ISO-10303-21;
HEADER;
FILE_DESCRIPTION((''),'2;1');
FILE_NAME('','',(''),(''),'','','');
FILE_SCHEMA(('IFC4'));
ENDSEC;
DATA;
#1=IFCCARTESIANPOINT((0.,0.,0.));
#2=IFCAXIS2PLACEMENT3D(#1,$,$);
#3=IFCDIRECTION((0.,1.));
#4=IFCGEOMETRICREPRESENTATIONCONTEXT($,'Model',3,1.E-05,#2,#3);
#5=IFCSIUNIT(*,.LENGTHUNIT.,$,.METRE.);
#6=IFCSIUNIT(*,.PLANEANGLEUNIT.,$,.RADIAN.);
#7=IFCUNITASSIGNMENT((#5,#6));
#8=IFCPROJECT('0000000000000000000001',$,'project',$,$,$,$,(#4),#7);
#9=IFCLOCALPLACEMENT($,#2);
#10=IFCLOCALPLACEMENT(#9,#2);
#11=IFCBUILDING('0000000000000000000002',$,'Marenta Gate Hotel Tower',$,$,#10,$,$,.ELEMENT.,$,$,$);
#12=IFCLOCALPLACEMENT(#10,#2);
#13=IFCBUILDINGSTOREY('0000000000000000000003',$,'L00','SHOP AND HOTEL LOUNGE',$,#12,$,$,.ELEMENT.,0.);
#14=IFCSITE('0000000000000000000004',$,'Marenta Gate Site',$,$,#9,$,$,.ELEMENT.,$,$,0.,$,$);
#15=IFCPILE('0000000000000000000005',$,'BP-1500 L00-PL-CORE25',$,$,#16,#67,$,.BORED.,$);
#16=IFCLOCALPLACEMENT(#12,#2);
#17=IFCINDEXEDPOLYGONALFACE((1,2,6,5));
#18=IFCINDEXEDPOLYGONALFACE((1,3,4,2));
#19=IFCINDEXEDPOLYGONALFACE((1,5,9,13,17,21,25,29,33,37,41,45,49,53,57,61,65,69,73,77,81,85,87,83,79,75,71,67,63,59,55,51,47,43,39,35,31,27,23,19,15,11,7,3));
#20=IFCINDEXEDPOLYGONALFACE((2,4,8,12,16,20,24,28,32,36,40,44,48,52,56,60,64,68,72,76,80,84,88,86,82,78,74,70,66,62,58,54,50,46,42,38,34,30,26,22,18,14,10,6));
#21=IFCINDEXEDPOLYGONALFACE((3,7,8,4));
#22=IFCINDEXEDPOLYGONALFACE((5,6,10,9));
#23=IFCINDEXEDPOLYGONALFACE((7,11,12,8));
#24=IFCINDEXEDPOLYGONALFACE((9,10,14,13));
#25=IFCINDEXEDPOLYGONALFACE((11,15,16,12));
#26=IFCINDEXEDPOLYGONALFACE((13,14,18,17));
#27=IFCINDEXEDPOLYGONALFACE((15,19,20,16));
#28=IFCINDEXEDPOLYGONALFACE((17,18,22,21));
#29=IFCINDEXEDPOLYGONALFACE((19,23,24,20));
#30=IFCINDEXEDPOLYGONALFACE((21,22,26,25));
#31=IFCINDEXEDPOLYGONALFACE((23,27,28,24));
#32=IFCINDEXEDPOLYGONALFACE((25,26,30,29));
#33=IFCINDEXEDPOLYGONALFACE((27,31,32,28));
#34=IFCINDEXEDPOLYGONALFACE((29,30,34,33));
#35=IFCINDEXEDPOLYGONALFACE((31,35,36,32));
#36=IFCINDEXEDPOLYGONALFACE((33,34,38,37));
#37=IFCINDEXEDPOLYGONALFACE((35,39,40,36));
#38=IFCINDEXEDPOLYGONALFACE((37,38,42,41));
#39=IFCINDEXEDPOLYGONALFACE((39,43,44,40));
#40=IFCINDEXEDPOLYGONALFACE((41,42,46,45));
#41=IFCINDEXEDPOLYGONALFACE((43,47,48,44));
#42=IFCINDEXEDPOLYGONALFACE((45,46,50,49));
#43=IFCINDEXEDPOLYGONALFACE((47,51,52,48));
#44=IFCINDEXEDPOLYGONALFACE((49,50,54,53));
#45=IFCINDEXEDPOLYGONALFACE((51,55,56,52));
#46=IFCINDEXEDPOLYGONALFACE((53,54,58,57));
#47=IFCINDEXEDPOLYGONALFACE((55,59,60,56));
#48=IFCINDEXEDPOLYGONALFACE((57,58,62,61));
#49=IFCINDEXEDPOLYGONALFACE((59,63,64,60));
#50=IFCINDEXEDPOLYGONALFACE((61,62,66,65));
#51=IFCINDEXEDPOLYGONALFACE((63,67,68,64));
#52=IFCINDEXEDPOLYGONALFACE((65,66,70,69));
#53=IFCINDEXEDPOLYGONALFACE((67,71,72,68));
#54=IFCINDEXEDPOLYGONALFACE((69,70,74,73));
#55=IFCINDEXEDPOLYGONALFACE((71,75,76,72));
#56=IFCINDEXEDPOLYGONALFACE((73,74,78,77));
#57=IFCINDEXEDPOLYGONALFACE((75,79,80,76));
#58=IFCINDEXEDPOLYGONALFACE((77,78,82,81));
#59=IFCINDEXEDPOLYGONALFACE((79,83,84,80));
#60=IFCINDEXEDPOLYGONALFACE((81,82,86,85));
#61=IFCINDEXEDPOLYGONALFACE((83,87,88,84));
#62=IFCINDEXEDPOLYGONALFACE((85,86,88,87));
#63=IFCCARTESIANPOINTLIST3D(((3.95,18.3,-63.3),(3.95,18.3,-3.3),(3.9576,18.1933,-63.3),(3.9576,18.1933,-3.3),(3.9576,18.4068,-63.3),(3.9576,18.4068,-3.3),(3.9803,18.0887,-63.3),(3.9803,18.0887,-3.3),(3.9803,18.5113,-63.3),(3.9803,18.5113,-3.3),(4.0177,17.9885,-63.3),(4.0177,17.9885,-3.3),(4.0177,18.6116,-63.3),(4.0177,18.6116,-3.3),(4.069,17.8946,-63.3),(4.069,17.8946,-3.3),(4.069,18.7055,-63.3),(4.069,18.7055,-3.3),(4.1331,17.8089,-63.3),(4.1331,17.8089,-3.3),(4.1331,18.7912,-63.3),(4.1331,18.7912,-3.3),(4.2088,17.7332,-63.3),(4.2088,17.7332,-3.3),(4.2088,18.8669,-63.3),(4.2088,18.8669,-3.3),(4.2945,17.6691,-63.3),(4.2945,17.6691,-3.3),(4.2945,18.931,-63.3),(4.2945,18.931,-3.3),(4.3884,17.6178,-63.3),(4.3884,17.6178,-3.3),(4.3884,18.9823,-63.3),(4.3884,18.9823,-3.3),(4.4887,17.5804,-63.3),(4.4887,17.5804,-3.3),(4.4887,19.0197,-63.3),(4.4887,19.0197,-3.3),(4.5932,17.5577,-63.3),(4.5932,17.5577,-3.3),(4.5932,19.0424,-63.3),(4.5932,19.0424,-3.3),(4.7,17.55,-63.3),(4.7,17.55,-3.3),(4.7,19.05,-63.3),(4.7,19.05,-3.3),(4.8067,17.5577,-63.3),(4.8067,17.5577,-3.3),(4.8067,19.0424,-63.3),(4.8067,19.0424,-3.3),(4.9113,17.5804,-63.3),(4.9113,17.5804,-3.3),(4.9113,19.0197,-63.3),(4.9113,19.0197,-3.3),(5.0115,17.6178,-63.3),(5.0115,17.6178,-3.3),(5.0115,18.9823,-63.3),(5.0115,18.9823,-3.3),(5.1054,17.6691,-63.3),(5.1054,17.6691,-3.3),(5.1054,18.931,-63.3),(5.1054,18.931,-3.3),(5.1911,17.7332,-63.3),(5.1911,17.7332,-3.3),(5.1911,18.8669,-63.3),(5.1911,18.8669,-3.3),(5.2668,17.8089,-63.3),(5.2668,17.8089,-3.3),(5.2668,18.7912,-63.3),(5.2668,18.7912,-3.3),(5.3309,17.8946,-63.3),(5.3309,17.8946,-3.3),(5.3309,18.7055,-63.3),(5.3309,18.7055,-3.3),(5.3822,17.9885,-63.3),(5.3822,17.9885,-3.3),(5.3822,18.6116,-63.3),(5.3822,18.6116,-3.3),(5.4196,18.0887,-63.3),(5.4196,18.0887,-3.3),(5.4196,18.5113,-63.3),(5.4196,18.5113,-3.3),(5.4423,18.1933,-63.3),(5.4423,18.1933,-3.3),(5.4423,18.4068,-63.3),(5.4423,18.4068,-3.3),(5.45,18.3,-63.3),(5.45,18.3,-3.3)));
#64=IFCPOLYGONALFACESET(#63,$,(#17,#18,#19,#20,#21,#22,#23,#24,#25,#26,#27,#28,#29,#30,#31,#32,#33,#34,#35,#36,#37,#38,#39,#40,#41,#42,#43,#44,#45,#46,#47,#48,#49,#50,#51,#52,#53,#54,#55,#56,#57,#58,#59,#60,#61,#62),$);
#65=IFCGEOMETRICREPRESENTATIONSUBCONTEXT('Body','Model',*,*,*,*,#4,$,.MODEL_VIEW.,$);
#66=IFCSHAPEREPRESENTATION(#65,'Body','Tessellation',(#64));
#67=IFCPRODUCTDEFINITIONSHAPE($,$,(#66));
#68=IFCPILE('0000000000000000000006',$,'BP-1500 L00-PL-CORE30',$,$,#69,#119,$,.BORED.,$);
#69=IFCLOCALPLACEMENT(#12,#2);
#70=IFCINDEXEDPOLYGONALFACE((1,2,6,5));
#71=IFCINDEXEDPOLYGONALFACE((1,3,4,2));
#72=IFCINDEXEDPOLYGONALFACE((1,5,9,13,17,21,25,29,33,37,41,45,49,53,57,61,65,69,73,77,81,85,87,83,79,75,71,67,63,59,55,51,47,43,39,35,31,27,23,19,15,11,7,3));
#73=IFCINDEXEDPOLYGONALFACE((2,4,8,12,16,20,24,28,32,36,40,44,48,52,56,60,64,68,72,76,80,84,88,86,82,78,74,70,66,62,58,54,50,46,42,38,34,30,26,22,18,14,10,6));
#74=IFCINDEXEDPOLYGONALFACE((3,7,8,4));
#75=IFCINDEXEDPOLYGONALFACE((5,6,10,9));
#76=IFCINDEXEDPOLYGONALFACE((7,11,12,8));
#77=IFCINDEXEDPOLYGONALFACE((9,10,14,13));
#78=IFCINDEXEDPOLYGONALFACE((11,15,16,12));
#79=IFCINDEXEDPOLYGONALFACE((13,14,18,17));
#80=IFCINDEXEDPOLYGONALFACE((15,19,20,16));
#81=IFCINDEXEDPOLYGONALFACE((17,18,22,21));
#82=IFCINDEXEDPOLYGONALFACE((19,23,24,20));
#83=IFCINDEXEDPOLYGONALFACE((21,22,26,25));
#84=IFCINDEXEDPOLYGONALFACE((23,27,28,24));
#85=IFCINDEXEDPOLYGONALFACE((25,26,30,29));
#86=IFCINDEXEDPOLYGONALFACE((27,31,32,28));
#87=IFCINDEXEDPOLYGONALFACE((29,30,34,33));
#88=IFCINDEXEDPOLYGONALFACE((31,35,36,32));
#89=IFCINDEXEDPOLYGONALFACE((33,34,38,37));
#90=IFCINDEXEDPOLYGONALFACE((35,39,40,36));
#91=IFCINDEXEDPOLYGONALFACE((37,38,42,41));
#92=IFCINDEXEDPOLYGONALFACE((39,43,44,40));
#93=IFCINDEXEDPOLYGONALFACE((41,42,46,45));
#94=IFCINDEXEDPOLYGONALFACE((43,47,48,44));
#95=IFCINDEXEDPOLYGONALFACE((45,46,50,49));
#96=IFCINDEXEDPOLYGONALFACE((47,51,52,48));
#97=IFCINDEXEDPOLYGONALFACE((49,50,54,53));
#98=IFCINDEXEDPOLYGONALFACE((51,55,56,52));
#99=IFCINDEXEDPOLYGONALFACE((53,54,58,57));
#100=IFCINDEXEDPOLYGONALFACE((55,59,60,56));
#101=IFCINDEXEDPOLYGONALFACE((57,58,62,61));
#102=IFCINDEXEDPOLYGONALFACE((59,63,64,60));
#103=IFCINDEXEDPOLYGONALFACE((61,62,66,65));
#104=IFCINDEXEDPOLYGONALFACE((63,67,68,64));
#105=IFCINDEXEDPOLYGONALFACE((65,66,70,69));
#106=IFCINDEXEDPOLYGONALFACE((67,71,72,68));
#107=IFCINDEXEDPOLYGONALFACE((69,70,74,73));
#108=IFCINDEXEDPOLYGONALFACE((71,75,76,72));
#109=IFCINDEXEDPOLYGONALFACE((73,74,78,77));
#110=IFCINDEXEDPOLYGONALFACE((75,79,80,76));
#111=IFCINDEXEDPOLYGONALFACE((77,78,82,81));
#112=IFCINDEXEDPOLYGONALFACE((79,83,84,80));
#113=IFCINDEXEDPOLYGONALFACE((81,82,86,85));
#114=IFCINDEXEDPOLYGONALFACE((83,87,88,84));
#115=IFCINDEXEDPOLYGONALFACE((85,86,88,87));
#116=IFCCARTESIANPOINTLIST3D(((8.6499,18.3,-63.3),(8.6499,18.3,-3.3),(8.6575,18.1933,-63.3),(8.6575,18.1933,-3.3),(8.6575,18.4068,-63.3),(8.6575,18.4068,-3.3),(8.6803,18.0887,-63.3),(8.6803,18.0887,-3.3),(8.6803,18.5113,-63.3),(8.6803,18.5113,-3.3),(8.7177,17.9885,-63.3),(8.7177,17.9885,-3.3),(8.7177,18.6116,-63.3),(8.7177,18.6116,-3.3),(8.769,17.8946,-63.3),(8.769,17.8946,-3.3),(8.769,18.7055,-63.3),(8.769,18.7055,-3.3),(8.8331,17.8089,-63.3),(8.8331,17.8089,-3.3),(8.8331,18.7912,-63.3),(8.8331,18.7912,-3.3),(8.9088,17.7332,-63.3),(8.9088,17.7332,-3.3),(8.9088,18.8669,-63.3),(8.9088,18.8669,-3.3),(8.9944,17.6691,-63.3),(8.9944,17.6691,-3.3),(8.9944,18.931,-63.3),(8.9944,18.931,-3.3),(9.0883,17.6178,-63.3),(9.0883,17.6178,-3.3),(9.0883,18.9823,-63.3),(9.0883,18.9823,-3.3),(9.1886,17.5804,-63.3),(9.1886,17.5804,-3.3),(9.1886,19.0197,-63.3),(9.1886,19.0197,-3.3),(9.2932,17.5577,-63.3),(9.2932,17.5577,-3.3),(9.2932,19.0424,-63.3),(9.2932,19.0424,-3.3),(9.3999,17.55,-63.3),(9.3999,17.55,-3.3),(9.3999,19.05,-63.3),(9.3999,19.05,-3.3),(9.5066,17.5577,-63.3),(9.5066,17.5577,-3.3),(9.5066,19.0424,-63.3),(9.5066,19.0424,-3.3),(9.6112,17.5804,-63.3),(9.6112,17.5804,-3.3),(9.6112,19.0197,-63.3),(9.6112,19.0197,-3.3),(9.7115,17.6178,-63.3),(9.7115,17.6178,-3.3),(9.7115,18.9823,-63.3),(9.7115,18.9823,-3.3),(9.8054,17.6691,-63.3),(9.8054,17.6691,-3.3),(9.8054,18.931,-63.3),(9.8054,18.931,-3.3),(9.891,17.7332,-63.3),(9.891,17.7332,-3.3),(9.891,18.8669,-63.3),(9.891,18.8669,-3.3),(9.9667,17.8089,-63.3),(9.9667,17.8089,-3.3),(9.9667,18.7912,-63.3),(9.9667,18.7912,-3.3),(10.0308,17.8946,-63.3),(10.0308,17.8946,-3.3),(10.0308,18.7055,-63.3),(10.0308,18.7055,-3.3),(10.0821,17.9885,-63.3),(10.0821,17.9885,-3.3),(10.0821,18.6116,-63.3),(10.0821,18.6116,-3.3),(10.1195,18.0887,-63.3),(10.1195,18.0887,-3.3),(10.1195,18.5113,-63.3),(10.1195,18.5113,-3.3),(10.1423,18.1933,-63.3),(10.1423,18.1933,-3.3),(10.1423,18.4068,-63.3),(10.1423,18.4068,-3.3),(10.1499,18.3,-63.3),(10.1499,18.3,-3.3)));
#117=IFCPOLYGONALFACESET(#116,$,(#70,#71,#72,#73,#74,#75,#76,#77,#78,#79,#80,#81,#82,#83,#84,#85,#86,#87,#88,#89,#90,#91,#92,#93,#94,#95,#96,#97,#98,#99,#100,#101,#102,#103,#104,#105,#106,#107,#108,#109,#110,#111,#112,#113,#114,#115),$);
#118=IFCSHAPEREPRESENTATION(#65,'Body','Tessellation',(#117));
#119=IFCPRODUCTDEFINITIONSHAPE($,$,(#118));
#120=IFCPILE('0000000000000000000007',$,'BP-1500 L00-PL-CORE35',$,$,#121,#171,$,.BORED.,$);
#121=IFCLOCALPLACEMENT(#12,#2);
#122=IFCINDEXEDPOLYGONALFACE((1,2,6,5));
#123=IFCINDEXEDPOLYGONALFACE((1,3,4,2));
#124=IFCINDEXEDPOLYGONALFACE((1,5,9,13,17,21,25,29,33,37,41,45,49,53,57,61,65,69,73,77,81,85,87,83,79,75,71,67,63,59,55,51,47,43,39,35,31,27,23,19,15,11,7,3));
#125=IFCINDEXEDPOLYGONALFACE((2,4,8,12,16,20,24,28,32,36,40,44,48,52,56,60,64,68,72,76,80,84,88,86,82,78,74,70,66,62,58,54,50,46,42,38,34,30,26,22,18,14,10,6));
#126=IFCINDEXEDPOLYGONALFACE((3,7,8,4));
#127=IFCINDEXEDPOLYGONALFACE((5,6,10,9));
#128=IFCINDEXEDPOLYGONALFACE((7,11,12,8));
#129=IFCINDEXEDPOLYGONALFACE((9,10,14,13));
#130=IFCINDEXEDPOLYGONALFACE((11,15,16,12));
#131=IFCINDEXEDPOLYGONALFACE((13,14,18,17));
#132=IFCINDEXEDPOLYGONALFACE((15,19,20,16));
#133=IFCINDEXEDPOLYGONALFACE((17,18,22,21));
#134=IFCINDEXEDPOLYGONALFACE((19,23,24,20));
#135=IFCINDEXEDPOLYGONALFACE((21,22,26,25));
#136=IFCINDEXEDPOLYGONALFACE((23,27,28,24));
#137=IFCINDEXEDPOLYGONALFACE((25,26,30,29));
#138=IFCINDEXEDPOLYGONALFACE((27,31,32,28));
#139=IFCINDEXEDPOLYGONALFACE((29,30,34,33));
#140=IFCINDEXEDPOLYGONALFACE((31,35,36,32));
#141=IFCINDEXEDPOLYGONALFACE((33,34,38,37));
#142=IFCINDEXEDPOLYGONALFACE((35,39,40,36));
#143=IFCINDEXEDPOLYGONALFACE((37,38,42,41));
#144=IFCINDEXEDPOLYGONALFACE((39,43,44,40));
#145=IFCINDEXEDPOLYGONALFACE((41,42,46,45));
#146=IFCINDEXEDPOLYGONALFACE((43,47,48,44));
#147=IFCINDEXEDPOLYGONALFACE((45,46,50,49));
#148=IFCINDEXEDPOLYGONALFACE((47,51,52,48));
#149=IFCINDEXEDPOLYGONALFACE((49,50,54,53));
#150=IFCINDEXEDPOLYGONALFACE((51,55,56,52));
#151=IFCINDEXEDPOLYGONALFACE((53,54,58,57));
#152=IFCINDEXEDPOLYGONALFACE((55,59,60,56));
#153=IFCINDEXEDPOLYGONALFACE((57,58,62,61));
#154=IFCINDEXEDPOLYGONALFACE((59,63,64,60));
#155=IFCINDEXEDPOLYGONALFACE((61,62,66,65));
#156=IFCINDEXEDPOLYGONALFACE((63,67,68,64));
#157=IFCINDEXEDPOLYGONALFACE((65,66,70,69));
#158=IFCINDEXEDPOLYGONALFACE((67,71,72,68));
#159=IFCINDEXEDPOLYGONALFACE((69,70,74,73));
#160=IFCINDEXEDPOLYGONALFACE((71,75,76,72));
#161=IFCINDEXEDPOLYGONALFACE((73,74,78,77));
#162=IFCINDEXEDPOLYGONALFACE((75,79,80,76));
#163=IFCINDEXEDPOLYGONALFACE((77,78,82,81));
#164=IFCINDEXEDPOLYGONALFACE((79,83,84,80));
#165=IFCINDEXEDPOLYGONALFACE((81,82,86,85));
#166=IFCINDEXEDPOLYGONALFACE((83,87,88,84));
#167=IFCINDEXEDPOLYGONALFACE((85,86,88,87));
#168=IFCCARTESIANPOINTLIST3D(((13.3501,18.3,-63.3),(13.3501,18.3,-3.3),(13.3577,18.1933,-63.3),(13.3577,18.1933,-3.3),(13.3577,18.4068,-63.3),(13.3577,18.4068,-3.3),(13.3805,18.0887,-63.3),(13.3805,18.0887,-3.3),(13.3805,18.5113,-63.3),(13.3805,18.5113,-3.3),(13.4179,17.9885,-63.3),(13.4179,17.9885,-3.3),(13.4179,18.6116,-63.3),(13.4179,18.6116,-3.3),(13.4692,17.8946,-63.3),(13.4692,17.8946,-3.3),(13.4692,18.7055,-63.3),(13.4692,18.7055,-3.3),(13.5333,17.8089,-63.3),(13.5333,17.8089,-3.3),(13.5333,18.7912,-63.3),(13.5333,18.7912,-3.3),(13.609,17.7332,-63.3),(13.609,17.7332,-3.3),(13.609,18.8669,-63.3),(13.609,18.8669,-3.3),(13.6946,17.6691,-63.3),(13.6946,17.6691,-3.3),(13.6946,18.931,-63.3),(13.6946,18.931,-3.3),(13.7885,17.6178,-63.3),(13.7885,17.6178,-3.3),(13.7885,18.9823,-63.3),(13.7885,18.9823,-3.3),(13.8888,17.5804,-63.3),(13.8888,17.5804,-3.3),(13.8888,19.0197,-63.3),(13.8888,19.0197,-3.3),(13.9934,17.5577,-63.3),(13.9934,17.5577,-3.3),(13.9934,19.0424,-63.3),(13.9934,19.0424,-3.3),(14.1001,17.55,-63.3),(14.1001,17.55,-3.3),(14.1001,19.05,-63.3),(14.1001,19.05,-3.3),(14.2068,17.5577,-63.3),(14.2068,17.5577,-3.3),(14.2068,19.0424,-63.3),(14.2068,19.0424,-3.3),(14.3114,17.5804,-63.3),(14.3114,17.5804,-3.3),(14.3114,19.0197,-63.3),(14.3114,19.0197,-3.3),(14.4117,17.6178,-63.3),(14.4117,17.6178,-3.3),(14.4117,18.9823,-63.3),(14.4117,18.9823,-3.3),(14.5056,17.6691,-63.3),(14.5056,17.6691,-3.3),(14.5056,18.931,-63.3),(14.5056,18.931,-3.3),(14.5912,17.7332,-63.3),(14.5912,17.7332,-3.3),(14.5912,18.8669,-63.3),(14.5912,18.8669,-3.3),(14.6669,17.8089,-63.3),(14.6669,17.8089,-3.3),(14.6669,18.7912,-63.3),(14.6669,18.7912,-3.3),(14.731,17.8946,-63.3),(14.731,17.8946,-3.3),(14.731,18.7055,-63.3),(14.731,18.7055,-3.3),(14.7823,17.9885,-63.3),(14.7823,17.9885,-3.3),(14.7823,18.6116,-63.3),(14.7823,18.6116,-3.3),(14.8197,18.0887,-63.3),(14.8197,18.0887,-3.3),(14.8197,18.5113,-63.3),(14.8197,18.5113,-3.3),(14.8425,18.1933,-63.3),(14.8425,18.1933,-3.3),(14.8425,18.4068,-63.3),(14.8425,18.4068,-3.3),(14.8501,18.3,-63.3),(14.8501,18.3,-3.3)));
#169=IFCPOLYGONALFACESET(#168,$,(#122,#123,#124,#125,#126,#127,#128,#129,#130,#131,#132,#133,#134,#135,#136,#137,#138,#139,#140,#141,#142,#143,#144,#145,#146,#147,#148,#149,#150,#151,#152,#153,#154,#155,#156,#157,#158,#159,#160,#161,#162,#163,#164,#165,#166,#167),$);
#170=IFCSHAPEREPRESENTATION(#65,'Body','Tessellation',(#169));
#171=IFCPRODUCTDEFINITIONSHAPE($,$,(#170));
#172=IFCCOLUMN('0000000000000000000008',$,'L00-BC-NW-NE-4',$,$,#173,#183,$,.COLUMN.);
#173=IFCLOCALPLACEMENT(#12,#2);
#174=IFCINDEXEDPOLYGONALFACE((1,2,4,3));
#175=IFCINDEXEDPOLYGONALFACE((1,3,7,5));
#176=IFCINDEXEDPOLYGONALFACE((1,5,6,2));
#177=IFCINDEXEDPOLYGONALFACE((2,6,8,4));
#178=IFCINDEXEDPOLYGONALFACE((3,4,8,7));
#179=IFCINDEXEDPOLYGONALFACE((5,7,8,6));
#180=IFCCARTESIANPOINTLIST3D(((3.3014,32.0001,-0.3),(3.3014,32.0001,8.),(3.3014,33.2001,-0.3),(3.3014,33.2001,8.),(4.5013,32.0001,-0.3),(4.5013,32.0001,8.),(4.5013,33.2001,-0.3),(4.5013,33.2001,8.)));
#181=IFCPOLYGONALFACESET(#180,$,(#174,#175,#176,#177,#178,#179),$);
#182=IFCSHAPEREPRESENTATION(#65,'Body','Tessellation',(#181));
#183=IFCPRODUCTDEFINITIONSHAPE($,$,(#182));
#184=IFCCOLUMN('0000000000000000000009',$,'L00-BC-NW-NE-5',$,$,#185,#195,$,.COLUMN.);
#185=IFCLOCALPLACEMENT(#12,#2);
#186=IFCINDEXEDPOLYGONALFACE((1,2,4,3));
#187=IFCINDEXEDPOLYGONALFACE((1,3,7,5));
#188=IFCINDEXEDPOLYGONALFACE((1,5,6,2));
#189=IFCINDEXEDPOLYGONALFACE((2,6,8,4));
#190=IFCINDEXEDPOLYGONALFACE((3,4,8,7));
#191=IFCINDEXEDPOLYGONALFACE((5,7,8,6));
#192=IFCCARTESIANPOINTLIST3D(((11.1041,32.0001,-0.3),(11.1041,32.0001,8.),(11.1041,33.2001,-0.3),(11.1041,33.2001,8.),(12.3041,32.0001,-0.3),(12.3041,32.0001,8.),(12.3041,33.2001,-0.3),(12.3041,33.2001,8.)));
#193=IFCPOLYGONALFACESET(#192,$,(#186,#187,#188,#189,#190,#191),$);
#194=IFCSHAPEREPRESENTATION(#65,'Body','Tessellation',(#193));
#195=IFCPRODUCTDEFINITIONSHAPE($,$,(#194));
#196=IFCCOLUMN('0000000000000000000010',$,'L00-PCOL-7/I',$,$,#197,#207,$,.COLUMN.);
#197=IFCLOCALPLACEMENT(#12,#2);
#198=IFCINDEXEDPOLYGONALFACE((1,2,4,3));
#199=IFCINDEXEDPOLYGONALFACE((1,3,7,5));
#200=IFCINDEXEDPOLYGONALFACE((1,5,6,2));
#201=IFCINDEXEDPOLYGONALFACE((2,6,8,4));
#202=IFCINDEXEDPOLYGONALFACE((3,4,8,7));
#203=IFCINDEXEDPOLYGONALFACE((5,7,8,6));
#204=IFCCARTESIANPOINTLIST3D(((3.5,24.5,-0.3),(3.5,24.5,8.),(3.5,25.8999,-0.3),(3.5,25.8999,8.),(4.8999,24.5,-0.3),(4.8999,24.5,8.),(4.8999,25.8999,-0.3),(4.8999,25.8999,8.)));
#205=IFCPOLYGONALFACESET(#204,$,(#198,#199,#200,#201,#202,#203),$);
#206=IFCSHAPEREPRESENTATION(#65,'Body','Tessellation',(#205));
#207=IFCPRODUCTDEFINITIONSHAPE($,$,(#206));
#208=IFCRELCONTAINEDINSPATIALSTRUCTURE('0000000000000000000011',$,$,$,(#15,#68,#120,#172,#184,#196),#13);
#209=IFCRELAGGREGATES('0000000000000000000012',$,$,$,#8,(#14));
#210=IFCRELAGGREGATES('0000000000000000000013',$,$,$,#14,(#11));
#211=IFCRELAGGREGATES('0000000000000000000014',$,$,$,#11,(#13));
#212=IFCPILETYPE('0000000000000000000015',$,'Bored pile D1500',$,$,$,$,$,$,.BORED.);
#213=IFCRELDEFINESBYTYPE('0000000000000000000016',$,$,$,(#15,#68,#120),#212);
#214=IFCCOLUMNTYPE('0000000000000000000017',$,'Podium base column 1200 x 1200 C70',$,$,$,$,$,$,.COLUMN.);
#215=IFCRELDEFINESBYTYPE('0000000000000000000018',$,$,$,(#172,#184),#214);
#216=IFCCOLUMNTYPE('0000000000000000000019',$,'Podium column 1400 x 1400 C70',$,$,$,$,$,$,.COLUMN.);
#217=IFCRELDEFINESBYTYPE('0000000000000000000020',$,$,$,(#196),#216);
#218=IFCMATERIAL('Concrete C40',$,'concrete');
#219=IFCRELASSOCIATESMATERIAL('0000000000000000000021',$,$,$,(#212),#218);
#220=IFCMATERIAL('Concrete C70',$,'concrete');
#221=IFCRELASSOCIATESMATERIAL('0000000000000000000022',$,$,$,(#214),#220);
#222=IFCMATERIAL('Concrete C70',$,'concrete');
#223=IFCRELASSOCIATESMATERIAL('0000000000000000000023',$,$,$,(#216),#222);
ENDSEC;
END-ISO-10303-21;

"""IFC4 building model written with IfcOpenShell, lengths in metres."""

from ifc_helpers import new_model, si_unit, direction, frame, origin, origin_2d, place, context, subcontext, project, spatial, rectangle, circle, extrude, material, material_profile, profile_set, type_object, element, save


model = new_model("IFC4")

# Units and contexts
model_context = context("Model", 3, precision=1e-05, world=origin(), true_north=direction((0.0, 1.0)))
body_context = subcontext(model_context, "Body", "Model", "MODEL_VIEW")
ifc_project = project(units=[si_unit("LENGTHUNIT", "METRE"), si_unit("PLANEANGLEUNIT", "RADIAN")], contexts=[model_context])

# Site, building, storey
site_placement = place(None, origin())
site = spatial("IfcSite", under=ifc_project, at=site_placement, Name="Marenta Gate Site", CompositionType="ELEMENT", RefElevation=0.0)
building_placement = place(site_placement, origin())
building = spatial("IfcBuilding", under=site, at=building_placement, Name="Marenta Gate Hotel Tower", CompositionType="ELEMENT")
storey_placement = place(building_placement, origin())
storey = spatial("IfcBuildingStorey", under=building, at=storey_placement, Name="L00", Description="SHOP AND HOTEL LOUNGE", CompositionType="ELEMENT", Elevation=0.0)

# Piles
ifc_material_1 = material(Name="Concrete C40", Category="concrete")
pile_type = type_object("IfcPileType", Name="Bored pile D1500", PredefinedType="BORED", material=ifc_material_1)
for number, where, z_axis, x_axis, name in (
    (1, (4.7, 18.3, -3.3), (0.0, 0.0, -1.0), (1.0, 0.0, 0.0), "BP-1500 L00-PL-CORE25"),
    (2, (9.3999, 18.3, -3.3), (0.0, 0.0, -1.0), (1.0, 0.0, 0.0), "BP-1500 L00-PL-CORE30"),
    (3, (14.1001, 18.3, -3.3), (0.0, 0.0, -1.0), (1.0, 0.0, 0.0), "BP-1500 L00-PL-CORE35"),
):
    element("IfcPile", number, at=place(storey_placement, frame(where, z_axis=z_axis, x_axis=x_axis)), inside=storey, type_object=pile_type, Name=name, PredefinedType="BORED", context=body_context, shape_type="SweptSolid", body=[
        extrude(circle(Radius=0.75, at=origin_2d()), origin(), (0.0, 0.0, 1.0), 60.0),
    ])

# Columns
ifc_material_2 = material(Name="Concrete C70", Category="concrete")
ifc_material_profile_1 = material_profile(ifc_material_2, rectangle(XDim=1.2, YDim=1.2, at=origin_2d()), Name="1200 x 1200")
ifc_profile_set_1 = profile_set([ifc_material_profile_1], Name="Concrete C70")
column_type_1 = type_object("IfcColumnType", Name="Podium base column 1200 x 1200 C70", PredefinedType="COLUMN", material=ifc_profile_set_1)
for number, where, z_axis, x_axis, name in (
    (4, (3.9014, 32.6001, -0.3), (0.0, 0.0, 1.0), (1.0, 0.0, 0.0), "L00-BC-NW-NE-4"),
    (5, (11.7041, 32.6001, -0.3), (0.0, 0.0, 1.0), (1.0, 0.0, 0.0), "L00-BC-NW-NE-5"),
):
    element("IfcColumn", number, at=place(storey_placement, frame(where, z_axis=z_axis, x_axis=x_axis)), inside=storey, type_object=column_type_1, Name=name, PredefinedType="COLUMN", context=body_context, shape_type="SweptSolid", body=[
        extrude(rectangle(XDim=1.2, YDim=1.2, at=origin_2d()), origin(), (0.0, 0.0, 1.0), 8.3),
    ])
ifc_material_3 = material(Name="Concrete C70", Category="concrete")
ifc_material_profile_2 = material_profile(ifc_material_3, rectangle(XDim=1.3999, YDim=1.3999, at=origin_2d()), Name="1400 x 1400")
ifc_profile_set_2 = profile_set([ifc_material_profile_2], Name="Concrete C70")
column_type_2 = type_object("IfcColumnType", Name="Podium column 1400 x 1400 C70", PredefinedType="COLUMN", material=ifc_profile_set_2)
for number, where, z_axis, x_axis, name in (
    (6, (4.2, 25.2, -0.3), (0.0, 0.0, 1.0), (1.0, 0.0, 0.0), "L00-PCOL-7/I"),
):
    element("IfcColumn", number, at=place(storey_placement, frame(where, z_axis=z_axis, x_axis=x_axis)), inside=storey, type_object=column_type_2, Name=name, PredefinedType="COLUMN", context=body_context, shape_type="SweptSolid", body=[
        extrude(rectangle(XDim=1.3999, YDim=1.3999, at=origin_2d()), origin(), (0.0, 0.0, 1.0), 8.3),
    ])

save(model, "model.ifc")
